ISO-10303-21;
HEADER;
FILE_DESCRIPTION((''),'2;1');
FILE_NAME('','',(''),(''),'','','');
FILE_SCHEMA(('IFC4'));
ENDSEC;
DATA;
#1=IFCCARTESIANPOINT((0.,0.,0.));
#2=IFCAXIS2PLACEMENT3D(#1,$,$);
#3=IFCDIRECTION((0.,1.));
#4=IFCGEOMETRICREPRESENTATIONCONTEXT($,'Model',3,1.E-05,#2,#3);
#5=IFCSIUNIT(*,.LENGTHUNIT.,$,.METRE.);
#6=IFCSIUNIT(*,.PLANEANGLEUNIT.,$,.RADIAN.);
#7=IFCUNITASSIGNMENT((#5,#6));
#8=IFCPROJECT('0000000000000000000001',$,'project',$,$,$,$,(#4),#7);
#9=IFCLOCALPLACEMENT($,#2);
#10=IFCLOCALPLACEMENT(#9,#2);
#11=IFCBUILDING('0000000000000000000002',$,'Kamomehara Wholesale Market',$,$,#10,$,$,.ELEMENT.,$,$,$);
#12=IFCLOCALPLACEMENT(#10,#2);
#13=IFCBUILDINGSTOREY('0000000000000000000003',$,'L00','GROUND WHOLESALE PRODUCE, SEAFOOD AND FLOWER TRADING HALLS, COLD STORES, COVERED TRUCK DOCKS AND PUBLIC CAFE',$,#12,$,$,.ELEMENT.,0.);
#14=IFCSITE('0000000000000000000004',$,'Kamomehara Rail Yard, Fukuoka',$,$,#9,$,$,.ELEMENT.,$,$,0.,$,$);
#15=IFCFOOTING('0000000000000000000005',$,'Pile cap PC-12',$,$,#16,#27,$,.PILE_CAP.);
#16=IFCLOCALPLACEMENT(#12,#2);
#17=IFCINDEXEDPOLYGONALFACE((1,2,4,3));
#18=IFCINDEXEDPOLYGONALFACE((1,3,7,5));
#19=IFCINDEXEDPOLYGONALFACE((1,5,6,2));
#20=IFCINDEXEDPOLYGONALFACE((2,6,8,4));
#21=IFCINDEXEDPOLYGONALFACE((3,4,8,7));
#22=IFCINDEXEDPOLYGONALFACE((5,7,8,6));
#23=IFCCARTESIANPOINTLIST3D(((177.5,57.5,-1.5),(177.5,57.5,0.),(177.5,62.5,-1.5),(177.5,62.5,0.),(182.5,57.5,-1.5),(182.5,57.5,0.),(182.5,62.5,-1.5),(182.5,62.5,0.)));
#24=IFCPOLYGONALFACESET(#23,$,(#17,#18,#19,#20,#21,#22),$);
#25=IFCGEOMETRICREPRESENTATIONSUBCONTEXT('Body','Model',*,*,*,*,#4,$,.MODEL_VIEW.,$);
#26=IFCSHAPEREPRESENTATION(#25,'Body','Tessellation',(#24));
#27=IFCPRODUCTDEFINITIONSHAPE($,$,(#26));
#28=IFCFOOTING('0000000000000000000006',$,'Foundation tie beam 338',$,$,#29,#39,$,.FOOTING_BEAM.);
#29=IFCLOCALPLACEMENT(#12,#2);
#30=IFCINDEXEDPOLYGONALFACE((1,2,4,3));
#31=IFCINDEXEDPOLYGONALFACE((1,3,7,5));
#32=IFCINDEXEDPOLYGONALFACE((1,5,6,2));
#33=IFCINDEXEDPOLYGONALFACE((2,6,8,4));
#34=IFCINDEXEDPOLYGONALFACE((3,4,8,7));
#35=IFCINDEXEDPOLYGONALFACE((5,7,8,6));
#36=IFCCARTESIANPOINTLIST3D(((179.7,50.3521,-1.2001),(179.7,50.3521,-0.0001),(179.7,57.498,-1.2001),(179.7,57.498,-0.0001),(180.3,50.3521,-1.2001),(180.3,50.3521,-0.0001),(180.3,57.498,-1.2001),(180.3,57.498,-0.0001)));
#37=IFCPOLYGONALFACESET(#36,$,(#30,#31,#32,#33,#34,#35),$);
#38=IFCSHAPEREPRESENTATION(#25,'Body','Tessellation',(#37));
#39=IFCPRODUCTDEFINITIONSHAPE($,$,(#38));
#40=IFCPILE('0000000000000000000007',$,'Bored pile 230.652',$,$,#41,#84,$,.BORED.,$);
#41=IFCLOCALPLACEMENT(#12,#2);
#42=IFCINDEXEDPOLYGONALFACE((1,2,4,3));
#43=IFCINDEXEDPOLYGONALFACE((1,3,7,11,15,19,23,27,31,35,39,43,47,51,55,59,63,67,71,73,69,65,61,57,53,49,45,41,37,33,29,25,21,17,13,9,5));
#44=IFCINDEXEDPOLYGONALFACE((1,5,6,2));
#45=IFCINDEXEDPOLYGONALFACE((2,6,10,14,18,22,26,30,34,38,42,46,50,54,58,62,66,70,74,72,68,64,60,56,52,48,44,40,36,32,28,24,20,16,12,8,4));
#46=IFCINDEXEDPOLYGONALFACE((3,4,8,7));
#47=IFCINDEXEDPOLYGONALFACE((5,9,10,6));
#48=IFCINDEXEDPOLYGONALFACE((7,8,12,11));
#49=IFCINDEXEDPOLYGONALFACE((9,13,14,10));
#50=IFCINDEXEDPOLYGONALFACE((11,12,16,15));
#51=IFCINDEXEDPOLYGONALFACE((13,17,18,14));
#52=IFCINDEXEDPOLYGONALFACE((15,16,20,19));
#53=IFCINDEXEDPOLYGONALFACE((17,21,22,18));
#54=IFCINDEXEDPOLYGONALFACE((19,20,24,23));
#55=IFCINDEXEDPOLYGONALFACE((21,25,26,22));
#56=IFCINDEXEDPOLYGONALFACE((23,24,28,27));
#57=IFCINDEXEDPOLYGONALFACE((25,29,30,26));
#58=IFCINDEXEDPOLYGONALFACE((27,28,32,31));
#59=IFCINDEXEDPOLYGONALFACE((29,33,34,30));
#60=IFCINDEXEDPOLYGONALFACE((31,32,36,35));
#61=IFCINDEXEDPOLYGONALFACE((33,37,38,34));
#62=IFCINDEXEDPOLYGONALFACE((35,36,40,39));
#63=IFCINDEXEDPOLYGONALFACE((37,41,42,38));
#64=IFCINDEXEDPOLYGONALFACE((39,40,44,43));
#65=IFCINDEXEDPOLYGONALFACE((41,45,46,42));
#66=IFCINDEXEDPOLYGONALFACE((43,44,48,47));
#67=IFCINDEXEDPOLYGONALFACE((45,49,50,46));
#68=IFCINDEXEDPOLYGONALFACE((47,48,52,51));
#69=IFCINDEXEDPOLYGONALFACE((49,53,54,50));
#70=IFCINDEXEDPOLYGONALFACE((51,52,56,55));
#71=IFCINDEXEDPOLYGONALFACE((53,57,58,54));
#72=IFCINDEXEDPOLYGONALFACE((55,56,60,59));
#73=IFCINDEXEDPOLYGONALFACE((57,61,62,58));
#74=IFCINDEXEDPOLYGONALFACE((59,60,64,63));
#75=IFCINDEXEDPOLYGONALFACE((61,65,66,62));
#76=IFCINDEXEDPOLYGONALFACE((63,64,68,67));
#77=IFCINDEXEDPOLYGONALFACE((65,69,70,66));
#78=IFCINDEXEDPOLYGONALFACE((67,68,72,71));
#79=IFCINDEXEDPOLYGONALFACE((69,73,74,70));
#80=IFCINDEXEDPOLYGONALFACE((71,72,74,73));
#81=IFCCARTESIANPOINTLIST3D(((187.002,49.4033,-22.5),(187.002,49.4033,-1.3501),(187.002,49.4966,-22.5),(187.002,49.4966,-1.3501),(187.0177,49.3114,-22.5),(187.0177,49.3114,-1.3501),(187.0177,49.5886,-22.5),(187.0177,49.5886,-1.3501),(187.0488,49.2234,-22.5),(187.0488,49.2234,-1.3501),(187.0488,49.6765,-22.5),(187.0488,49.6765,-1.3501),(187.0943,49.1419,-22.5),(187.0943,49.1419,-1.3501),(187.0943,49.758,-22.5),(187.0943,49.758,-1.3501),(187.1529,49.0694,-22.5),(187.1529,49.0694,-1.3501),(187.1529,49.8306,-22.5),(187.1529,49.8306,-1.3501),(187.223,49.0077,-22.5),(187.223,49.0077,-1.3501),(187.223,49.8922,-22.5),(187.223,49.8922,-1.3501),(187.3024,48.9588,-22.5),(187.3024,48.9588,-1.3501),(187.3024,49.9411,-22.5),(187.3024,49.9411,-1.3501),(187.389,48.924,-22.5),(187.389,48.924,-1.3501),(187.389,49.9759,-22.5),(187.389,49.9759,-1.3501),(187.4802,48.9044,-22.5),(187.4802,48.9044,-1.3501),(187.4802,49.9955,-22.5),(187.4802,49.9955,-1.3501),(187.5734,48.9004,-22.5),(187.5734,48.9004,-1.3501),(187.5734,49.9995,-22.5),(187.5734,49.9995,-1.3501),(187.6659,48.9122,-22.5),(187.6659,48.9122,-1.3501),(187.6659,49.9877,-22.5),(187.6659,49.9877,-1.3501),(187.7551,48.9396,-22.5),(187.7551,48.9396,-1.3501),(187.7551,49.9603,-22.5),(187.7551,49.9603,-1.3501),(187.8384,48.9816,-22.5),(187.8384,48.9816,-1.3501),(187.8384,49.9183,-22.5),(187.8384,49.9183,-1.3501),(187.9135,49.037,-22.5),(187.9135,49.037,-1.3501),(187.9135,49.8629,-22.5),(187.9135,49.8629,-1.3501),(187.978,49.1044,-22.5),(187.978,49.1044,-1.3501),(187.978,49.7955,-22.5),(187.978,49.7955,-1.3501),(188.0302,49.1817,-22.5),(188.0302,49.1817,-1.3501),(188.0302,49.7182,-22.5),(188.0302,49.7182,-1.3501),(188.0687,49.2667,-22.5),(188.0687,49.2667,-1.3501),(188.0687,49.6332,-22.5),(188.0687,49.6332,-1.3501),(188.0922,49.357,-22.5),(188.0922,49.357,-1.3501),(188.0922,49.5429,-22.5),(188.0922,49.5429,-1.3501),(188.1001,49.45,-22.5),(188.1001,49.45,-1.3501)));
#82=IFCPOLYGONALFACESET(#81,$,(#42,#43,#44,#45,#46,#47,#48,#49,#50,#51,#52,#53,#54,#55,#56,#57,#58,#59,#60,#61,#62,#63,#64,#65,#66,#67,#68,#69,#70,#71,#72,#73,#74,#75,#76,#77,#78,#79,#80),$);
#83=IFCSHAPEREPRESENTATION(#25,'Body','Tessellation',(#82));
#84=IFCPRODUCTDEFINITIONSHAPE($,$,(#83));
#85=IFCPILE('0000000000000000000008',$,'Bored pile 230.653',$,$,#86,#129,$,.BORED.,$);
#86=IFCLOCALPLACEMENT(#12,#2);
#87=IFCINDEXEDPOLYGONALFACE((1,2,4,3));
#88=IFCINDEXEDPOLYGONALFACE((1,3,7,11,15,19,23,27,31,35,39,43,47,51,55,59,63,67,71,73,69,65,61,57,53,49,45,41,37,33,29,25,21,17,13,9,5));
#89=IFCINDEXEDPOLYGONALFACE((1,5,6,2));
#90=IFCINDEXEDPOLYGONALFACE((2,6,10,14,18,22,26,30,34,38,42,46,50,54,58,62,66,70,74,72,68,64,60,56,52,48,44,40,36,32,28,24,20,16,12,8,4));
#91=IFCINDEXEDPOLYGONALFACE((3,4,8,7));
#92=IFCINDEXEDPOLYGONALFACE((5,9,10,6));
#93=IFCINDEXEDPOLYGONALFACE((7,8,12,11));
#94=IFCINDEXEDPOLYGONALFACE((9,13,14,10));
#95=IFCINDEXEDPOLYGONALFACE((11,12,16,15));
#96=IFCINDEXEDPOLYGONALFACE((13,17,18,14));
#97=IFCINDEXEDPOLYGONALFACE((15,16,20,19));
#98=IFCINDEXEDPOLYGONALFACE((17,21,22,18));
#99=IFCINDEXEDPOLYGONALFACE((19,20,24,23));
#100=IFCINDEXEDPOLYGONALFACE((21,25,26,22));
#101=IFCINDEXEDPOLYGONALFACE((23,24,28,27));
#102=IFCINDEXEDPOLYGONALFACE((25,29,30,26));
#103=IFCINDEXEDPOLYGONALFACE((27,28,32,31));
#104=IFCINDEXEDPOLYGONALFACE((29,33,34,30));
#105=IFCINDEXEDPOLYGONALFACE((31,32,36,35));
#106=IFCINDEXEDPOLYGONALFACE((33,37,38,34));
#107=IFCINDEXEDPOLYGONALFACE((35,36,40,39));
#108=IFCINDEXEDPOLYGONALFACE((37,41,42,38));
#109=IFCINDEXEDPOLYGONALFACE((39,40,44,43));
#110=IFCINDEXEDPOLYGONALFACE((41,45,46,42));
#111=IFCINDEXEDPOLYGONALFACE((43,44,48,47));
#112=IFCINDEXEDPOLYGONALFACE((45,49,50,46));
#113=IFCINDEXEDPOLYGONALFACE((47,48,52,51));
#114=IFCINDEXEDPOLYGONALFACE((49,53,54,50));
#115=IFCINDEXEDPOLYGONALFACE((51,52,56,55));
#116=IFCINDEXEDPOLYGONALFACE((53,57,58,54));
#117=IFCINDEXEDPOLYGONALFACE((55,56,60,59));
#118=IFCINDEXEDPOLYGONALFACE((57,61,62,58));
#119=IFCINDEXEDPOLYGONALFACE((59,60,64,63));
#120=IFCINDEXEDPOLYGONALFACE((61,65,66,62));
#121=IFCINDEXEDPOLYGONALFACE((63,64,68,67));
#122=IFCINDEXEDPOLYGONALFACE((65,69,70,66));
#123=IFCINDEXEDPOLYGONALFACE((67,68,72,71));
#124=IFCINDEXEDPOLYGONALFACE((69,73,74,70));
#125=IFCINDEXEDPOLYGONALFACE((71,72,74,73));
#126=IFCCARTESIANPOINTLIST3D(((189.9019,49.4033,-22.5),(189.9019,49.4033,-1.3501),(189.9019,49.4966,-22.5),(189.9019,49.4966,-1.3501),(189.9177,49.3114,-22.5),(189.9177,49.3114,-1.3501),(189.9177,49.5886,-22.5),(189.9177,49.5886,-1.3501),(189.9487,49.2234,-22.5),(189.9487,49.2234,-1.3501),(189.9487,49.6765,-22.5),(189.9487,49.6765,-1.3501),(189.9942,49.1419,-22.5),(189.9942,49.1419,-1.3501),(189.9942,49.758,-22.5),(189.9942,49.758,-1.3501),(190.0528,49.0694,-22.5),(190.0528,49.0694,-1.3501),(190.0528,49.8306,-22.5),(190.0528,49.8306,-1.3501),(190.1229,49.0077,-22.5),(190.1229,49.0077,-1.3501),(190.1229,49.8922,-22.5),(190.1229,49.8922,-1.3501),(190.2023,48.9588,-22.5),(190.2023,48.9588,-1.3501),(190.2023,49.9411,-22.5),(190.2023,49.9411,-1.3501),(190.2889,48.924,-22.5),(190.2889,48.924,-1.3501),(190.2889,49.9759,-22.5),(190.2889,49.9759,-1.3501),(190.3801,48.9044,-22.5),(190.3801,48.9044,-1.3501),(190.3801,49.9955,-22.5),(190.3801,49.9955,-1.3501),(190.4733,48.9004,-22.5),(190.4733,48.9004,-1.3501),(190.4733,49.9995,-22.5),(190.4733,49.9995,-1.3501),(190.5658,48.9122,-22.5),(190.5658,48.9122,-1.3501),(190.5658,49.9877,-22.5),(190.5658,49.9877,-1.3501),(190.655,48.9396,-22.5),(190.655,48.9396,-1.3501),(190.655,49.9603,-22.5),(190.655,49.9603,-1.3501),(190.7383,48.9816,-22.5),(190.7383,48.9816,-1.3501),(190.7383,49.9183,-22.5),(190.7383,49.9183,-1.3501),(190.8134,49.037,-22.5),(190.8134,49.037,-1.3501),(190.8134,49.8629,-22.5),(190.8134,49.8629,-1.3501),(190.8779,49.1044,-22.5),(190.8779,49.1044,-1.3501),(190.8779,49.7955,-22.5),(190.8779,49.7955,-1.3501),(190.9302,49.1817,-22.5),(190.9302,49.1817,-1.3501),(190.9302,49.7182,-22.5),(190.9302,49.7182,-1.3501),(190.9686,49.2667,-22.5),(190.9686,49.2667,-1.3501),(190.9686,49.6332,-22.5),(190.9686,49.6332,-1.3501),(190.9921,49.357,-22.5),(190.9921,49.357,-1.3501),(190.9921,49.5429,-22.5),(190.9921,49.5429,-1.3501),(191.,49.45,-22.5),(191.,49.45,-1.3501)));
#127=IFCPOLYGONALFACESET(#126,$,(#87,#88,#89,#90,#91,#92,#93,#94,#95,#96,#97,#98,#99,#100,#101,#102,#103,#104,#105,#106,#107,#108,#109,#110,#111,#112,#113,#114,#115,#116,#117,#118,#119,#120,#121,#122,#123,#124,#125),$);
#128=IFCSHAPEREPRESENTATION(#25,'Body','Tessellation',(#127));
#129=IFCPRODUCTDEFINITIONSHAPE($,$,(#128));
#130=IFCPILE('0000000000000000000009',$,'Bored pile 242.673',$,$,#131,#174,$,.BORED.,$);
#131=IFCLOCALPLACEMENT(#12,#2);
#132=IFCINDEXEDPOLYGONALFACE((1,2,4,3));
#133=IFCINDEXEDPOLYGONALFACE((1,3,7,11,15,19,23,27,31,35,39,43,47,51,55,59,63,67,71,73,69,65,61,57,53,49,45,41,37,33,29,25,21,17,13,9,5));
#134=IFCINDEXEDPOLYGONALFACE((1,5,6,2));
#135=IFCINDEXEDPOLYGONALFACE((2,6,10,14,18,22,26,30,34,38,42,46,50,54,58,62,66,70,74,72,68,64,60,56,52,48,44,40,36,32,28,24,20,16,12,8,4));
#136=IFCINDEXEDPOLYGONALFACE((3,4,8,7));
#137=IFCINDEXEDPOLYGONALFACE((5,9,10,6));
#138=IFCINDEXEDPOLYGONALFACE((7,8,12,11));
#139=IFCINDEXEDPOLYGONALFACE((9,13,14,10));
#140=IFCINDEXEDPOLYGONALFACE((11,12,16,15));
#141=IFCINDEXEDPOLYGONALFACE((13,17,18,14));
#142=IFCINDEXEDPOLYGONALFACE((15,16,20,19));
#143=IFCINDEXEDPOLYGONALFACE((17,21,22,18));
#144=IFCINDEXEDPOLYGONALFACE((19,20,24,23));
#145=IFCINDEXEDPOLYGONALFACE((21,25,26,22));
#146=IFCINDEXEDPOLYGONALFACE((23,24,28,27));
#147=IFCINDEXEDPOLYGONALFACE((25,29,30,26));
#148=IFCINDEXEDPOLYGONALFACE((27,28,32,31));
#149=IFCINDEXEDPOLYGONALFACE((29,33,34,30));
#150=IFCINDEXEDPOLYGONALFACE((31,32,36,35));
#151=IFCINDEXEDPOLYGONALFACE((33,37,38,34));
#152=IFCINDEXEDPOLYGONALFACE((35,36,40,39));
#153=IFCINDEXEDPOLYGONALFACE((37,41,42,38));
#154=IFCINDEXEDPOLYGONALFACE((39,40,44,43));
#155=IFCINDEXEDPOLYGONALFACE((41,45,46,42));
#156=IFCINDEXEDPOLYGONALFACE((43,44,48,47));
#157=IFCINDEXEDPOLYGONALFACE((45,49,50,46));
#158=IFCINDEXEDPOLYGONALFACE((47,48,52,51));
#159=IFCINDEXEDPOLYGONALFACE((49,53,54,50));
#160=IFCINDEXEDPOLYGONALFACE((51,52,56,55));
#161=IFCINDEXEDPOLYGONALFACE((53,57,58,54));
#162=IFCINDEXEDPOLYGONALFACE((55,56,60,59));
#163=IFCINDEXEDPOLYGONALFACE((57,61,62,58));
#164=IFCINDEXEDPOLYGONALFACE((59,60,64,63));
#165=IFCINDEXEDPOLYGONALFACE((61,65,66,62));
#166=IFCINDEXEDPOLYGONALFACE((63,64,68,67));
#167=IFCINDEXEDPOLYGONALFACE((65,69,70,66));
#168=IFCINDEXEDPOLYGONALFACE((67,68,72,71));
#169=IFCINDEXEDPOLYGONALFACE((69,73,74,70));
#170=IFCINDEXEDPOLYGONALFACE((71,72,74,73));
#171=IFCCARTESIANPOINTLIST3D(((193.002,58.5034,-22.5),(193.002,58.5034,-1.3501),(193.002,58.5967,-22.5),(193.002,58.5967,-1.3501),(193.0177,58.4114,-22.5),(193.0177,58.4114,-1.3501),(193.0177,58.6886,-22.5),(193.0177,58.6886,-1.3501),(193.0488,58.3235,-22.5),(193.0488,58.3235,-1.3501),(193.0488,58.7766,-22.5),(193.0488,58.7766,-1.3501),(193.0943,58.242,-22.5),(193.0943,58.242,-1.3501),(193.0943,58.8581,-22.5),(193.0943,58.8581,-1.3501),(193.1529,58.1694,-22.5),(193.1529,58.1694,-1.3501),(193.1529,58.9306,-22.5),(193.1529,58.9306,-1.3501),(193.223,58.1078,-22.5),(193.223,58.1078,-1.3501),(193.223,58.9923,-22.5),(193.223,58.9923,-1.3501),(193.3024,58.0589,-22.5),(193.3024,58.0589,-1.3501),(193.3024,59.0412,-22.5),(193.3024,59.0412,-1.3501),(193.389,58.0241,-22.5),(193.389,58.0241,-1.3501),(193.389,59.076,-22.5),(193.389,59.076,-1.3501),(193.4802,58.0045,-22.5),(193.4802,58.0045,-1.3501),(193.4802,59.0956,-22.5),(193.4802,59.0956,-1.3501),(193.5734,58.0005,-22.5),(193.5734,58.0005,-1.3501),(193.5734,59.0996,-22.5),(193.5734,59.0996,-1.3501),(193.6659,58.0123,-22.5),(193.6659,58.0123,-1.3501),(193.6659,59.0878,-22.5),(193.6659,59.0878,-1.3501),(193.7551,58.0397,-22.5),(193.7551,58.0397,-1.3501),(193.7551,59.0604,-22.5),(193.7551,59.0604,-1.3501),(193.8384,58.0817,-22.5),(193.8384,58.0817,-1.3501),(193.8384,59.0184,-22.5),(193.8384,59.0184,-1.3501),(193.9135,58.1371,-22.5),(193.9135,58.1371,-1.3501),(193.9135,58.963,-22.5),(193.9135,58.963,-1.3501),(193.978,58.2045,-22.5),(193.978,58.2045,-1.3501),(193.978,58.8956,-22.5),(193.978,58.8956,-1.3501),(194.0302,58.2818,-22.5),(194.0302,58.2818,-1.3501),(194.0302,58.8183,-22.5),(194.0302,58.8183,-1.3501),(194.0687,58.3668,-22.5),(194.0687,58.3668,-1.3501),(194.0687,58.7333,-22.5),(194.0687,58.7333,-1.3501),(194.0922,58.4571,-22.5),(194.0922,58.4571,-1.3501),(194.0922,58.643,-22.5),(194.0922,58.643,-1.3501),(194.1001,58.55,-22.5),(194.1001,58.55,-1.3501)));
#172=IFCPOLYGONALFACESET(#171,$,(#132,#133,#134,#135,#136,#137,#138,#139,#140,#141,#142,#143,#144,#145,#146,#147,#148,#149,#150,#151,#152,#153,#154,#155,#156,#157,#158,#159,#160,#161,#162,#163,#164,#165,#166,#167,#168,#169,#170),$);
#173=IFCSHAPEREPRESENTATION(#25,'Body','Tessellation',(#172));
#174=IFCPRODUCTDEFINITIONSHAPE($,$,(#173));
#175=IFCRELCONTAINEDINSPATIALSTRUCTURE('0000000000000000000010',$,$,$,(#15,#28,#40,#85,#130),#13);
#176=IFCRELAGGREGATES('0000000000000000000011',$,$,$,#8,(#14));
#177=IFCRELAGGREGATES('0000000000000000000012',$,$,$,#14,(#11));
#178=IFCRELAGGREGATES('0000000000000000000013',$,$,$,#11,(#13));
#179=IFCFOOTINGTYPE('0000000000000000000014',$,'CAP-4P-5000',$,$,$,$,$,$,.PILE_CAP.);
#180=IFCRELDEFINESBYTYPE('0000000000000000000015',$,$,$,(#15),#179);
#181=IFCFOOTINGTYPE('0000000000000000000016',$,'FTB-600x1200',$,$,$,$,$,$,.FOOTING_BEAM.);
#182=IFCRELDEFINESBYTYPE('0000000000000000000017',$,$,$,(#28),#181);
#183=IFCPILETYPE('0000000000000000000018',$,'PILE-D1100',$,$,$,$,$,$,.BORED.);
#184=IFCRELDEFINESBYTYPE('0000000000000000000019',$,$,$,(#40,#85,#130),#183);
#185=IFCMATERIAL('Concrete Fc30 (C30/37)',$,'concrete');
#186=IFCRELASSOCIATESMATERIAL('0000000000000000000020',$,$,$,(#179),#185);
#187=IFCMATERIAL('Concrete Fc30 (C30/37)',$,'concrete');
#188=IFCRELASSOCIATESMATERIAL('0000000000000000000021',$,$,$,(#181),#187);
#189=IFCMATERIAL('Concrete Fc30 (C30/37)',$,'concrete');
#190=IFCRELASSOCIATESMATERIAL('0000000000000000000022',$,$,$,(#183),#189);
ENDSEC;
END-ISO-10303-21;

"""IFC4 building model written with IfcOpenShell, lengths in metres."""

from ifc_helpers import new_model, si_unit, direction, frame, origin, origin_2d, place, context, subcontext, project, spatial, rectangle, circle, extrude, material, material_profile, profile_set, type_object, element, save


model = new_model("IFC4")

# Units and contexts
model_context = context("Model", 3, precision=1e-05, world=origin(), true_north=direction((0.0, 1.0)))
body_context = subcontext(model_context, "Body", "Model", "MODEL_VIEW")
ifc_project = project(units=[si_unit("LENGTHUNIT", "METRE"), si_unit("PLANEANGLEUNIT", "RADIAN")], contexts=[model_context])

# Site, building, storey
site_placement = place(None, origin())
site = spatial("IfcSite", under=ifc_project, at=site_placement, Name="Kamomehara Rail Yard, Fukuoka", CompositionType="ELEMENT", RefElevation=0.0)
building_placement = place(site_placement, origin())
building = spatial("IfcBuilding", under=site, at=building_placement, Name="Kamomehara Wholesale Market", CompositionType="ELEMENT")
storey_placement = place(building_placement, origin())
storey = spatial("IfcBuildingStorey", under=building, at=storey_placement, Name="L00", Description="GROUND WHOLESALE PRODUCE, SEAFOOD AND FLOWER TRADING HALLS, COLD STORES, COVERED TRUCK DOCKS AND PUBLIC CAFE", CompositionType="ELEMENT", Elevation=0.0)

# Footings
ifc_material_1 = material(Name="Concrete Fc30 (C30/37)", Category="concrete")
footing_type_1 = type_object("IfcFootingType", Name="CAP-4P-5000", PredefinedType="PILE_CAP", material=ifc_material_1)
footing_1_placement = place(storey_placement, frame((180.0, 60.0, -1.5), z_axis=(0.0, 0.0, 1.0), x_axis=(1.0, 0.0, 0.0)))
element("IfcFooting", 1, at=footing_1_placement, inside=storey, type_object=footing_type_1, Name="Pile cap PC-12", PredefinedType="PILE_CAP", context=body_context, shape_type="SweptSolid", body=[
    extrude(rectangle(XDim=5.0, YDim=5.0, at=origin_2d()), origin(), (0.0, 0.0, 1.0), 1.5),
])
ifc_material_2 = material(Name="Concrete Fc30 (C30/37)", Category="concrete")
ifc_material_profile_1 = material_profile(ifc_material_2, rectangle(XDim=0.6001, YDim=1.2, at=origin_2d()), Name="RC-FTB-600x1200")
ifc_profile_set_1 = profile_set([ifc_material_profile_1], Name="Concrete Fc30 (C30/37)")
footing_type_2 = type_object("IfcFootingType", Name="FTB-600x1200", PredefinedType="FOOTING_BEAM", material=ifc_profile_set_1)
footing_2_placement = place(storey_placement, frame((180.0, 50.3521, -0.6001), z_axis=(0.0, 1.0, 0.0), x_axis=(-1.0, 0.0, 0.0)))
element("IfcFooting", 2, at=footing_2_placement, inside=storey, type_object=footing_type_2, Name="Foundation tie beam 338", PredefinedType="FOOTING_BEAM", context=body_context, shape_type="SweptSolid", body=[
    extrude(rectangle(XDim=0.6001, YDim=1.2, at=origin_2d()), origin(), (0.0, 0.0, 1.0), 7.146),
])

# Piles
ifc_material_3 = material(Name="Concrete Fc30 (C30/37)", Category="concrete")
ifc_material_profile_2 = material_profile(ifc_material_3, circle(Radius=0.55, at=origin_2d()), Name="RC-PILE-D1100")
ifc_profile_set_2 = profile_set([ifc_material_profile_2], Name="Concrete Fc30 (C30/37)")
pile_type_1 = type_object("IfcPileType", Name="PILE-D1100", PredefinedType="BORED", material=ifc_profile_set_2)
for number, where, z_axis, x_axis, name in (
    (3, (187.55, 49.45, -1.3501), (0.0, 0.0, -1.0), (1.0, 0.0, 0.0), "Bored pile 230.652"),
    (4, (190.45, 49.45, -1.3501), (0.0, 0.0, -1.0), (1.0, 0.0, 0.0), "Bored pile 230.653"),
    (5, (193.55, 58.55, -1.3501), (0.0, 0.0, -1.0), (1.0, 0.0, 0.0), "Bored pile 242.673"),
):
    element("IfcPile", number, at=place(storey_placement, frame(where, z_axis=z_axis, x_axis=x_axis)), inside=storey, type_object=pile_type_1, Name=name, PredefinedType="BORED", context=body_context, shape_type="SweptSolid", body=[
        extrude(circle(Radius=0.55, at=origin_2d()), origin(), (0.0, 0.0, 1.0), 21.1499),
    ])

save(model, "model.ifc")
